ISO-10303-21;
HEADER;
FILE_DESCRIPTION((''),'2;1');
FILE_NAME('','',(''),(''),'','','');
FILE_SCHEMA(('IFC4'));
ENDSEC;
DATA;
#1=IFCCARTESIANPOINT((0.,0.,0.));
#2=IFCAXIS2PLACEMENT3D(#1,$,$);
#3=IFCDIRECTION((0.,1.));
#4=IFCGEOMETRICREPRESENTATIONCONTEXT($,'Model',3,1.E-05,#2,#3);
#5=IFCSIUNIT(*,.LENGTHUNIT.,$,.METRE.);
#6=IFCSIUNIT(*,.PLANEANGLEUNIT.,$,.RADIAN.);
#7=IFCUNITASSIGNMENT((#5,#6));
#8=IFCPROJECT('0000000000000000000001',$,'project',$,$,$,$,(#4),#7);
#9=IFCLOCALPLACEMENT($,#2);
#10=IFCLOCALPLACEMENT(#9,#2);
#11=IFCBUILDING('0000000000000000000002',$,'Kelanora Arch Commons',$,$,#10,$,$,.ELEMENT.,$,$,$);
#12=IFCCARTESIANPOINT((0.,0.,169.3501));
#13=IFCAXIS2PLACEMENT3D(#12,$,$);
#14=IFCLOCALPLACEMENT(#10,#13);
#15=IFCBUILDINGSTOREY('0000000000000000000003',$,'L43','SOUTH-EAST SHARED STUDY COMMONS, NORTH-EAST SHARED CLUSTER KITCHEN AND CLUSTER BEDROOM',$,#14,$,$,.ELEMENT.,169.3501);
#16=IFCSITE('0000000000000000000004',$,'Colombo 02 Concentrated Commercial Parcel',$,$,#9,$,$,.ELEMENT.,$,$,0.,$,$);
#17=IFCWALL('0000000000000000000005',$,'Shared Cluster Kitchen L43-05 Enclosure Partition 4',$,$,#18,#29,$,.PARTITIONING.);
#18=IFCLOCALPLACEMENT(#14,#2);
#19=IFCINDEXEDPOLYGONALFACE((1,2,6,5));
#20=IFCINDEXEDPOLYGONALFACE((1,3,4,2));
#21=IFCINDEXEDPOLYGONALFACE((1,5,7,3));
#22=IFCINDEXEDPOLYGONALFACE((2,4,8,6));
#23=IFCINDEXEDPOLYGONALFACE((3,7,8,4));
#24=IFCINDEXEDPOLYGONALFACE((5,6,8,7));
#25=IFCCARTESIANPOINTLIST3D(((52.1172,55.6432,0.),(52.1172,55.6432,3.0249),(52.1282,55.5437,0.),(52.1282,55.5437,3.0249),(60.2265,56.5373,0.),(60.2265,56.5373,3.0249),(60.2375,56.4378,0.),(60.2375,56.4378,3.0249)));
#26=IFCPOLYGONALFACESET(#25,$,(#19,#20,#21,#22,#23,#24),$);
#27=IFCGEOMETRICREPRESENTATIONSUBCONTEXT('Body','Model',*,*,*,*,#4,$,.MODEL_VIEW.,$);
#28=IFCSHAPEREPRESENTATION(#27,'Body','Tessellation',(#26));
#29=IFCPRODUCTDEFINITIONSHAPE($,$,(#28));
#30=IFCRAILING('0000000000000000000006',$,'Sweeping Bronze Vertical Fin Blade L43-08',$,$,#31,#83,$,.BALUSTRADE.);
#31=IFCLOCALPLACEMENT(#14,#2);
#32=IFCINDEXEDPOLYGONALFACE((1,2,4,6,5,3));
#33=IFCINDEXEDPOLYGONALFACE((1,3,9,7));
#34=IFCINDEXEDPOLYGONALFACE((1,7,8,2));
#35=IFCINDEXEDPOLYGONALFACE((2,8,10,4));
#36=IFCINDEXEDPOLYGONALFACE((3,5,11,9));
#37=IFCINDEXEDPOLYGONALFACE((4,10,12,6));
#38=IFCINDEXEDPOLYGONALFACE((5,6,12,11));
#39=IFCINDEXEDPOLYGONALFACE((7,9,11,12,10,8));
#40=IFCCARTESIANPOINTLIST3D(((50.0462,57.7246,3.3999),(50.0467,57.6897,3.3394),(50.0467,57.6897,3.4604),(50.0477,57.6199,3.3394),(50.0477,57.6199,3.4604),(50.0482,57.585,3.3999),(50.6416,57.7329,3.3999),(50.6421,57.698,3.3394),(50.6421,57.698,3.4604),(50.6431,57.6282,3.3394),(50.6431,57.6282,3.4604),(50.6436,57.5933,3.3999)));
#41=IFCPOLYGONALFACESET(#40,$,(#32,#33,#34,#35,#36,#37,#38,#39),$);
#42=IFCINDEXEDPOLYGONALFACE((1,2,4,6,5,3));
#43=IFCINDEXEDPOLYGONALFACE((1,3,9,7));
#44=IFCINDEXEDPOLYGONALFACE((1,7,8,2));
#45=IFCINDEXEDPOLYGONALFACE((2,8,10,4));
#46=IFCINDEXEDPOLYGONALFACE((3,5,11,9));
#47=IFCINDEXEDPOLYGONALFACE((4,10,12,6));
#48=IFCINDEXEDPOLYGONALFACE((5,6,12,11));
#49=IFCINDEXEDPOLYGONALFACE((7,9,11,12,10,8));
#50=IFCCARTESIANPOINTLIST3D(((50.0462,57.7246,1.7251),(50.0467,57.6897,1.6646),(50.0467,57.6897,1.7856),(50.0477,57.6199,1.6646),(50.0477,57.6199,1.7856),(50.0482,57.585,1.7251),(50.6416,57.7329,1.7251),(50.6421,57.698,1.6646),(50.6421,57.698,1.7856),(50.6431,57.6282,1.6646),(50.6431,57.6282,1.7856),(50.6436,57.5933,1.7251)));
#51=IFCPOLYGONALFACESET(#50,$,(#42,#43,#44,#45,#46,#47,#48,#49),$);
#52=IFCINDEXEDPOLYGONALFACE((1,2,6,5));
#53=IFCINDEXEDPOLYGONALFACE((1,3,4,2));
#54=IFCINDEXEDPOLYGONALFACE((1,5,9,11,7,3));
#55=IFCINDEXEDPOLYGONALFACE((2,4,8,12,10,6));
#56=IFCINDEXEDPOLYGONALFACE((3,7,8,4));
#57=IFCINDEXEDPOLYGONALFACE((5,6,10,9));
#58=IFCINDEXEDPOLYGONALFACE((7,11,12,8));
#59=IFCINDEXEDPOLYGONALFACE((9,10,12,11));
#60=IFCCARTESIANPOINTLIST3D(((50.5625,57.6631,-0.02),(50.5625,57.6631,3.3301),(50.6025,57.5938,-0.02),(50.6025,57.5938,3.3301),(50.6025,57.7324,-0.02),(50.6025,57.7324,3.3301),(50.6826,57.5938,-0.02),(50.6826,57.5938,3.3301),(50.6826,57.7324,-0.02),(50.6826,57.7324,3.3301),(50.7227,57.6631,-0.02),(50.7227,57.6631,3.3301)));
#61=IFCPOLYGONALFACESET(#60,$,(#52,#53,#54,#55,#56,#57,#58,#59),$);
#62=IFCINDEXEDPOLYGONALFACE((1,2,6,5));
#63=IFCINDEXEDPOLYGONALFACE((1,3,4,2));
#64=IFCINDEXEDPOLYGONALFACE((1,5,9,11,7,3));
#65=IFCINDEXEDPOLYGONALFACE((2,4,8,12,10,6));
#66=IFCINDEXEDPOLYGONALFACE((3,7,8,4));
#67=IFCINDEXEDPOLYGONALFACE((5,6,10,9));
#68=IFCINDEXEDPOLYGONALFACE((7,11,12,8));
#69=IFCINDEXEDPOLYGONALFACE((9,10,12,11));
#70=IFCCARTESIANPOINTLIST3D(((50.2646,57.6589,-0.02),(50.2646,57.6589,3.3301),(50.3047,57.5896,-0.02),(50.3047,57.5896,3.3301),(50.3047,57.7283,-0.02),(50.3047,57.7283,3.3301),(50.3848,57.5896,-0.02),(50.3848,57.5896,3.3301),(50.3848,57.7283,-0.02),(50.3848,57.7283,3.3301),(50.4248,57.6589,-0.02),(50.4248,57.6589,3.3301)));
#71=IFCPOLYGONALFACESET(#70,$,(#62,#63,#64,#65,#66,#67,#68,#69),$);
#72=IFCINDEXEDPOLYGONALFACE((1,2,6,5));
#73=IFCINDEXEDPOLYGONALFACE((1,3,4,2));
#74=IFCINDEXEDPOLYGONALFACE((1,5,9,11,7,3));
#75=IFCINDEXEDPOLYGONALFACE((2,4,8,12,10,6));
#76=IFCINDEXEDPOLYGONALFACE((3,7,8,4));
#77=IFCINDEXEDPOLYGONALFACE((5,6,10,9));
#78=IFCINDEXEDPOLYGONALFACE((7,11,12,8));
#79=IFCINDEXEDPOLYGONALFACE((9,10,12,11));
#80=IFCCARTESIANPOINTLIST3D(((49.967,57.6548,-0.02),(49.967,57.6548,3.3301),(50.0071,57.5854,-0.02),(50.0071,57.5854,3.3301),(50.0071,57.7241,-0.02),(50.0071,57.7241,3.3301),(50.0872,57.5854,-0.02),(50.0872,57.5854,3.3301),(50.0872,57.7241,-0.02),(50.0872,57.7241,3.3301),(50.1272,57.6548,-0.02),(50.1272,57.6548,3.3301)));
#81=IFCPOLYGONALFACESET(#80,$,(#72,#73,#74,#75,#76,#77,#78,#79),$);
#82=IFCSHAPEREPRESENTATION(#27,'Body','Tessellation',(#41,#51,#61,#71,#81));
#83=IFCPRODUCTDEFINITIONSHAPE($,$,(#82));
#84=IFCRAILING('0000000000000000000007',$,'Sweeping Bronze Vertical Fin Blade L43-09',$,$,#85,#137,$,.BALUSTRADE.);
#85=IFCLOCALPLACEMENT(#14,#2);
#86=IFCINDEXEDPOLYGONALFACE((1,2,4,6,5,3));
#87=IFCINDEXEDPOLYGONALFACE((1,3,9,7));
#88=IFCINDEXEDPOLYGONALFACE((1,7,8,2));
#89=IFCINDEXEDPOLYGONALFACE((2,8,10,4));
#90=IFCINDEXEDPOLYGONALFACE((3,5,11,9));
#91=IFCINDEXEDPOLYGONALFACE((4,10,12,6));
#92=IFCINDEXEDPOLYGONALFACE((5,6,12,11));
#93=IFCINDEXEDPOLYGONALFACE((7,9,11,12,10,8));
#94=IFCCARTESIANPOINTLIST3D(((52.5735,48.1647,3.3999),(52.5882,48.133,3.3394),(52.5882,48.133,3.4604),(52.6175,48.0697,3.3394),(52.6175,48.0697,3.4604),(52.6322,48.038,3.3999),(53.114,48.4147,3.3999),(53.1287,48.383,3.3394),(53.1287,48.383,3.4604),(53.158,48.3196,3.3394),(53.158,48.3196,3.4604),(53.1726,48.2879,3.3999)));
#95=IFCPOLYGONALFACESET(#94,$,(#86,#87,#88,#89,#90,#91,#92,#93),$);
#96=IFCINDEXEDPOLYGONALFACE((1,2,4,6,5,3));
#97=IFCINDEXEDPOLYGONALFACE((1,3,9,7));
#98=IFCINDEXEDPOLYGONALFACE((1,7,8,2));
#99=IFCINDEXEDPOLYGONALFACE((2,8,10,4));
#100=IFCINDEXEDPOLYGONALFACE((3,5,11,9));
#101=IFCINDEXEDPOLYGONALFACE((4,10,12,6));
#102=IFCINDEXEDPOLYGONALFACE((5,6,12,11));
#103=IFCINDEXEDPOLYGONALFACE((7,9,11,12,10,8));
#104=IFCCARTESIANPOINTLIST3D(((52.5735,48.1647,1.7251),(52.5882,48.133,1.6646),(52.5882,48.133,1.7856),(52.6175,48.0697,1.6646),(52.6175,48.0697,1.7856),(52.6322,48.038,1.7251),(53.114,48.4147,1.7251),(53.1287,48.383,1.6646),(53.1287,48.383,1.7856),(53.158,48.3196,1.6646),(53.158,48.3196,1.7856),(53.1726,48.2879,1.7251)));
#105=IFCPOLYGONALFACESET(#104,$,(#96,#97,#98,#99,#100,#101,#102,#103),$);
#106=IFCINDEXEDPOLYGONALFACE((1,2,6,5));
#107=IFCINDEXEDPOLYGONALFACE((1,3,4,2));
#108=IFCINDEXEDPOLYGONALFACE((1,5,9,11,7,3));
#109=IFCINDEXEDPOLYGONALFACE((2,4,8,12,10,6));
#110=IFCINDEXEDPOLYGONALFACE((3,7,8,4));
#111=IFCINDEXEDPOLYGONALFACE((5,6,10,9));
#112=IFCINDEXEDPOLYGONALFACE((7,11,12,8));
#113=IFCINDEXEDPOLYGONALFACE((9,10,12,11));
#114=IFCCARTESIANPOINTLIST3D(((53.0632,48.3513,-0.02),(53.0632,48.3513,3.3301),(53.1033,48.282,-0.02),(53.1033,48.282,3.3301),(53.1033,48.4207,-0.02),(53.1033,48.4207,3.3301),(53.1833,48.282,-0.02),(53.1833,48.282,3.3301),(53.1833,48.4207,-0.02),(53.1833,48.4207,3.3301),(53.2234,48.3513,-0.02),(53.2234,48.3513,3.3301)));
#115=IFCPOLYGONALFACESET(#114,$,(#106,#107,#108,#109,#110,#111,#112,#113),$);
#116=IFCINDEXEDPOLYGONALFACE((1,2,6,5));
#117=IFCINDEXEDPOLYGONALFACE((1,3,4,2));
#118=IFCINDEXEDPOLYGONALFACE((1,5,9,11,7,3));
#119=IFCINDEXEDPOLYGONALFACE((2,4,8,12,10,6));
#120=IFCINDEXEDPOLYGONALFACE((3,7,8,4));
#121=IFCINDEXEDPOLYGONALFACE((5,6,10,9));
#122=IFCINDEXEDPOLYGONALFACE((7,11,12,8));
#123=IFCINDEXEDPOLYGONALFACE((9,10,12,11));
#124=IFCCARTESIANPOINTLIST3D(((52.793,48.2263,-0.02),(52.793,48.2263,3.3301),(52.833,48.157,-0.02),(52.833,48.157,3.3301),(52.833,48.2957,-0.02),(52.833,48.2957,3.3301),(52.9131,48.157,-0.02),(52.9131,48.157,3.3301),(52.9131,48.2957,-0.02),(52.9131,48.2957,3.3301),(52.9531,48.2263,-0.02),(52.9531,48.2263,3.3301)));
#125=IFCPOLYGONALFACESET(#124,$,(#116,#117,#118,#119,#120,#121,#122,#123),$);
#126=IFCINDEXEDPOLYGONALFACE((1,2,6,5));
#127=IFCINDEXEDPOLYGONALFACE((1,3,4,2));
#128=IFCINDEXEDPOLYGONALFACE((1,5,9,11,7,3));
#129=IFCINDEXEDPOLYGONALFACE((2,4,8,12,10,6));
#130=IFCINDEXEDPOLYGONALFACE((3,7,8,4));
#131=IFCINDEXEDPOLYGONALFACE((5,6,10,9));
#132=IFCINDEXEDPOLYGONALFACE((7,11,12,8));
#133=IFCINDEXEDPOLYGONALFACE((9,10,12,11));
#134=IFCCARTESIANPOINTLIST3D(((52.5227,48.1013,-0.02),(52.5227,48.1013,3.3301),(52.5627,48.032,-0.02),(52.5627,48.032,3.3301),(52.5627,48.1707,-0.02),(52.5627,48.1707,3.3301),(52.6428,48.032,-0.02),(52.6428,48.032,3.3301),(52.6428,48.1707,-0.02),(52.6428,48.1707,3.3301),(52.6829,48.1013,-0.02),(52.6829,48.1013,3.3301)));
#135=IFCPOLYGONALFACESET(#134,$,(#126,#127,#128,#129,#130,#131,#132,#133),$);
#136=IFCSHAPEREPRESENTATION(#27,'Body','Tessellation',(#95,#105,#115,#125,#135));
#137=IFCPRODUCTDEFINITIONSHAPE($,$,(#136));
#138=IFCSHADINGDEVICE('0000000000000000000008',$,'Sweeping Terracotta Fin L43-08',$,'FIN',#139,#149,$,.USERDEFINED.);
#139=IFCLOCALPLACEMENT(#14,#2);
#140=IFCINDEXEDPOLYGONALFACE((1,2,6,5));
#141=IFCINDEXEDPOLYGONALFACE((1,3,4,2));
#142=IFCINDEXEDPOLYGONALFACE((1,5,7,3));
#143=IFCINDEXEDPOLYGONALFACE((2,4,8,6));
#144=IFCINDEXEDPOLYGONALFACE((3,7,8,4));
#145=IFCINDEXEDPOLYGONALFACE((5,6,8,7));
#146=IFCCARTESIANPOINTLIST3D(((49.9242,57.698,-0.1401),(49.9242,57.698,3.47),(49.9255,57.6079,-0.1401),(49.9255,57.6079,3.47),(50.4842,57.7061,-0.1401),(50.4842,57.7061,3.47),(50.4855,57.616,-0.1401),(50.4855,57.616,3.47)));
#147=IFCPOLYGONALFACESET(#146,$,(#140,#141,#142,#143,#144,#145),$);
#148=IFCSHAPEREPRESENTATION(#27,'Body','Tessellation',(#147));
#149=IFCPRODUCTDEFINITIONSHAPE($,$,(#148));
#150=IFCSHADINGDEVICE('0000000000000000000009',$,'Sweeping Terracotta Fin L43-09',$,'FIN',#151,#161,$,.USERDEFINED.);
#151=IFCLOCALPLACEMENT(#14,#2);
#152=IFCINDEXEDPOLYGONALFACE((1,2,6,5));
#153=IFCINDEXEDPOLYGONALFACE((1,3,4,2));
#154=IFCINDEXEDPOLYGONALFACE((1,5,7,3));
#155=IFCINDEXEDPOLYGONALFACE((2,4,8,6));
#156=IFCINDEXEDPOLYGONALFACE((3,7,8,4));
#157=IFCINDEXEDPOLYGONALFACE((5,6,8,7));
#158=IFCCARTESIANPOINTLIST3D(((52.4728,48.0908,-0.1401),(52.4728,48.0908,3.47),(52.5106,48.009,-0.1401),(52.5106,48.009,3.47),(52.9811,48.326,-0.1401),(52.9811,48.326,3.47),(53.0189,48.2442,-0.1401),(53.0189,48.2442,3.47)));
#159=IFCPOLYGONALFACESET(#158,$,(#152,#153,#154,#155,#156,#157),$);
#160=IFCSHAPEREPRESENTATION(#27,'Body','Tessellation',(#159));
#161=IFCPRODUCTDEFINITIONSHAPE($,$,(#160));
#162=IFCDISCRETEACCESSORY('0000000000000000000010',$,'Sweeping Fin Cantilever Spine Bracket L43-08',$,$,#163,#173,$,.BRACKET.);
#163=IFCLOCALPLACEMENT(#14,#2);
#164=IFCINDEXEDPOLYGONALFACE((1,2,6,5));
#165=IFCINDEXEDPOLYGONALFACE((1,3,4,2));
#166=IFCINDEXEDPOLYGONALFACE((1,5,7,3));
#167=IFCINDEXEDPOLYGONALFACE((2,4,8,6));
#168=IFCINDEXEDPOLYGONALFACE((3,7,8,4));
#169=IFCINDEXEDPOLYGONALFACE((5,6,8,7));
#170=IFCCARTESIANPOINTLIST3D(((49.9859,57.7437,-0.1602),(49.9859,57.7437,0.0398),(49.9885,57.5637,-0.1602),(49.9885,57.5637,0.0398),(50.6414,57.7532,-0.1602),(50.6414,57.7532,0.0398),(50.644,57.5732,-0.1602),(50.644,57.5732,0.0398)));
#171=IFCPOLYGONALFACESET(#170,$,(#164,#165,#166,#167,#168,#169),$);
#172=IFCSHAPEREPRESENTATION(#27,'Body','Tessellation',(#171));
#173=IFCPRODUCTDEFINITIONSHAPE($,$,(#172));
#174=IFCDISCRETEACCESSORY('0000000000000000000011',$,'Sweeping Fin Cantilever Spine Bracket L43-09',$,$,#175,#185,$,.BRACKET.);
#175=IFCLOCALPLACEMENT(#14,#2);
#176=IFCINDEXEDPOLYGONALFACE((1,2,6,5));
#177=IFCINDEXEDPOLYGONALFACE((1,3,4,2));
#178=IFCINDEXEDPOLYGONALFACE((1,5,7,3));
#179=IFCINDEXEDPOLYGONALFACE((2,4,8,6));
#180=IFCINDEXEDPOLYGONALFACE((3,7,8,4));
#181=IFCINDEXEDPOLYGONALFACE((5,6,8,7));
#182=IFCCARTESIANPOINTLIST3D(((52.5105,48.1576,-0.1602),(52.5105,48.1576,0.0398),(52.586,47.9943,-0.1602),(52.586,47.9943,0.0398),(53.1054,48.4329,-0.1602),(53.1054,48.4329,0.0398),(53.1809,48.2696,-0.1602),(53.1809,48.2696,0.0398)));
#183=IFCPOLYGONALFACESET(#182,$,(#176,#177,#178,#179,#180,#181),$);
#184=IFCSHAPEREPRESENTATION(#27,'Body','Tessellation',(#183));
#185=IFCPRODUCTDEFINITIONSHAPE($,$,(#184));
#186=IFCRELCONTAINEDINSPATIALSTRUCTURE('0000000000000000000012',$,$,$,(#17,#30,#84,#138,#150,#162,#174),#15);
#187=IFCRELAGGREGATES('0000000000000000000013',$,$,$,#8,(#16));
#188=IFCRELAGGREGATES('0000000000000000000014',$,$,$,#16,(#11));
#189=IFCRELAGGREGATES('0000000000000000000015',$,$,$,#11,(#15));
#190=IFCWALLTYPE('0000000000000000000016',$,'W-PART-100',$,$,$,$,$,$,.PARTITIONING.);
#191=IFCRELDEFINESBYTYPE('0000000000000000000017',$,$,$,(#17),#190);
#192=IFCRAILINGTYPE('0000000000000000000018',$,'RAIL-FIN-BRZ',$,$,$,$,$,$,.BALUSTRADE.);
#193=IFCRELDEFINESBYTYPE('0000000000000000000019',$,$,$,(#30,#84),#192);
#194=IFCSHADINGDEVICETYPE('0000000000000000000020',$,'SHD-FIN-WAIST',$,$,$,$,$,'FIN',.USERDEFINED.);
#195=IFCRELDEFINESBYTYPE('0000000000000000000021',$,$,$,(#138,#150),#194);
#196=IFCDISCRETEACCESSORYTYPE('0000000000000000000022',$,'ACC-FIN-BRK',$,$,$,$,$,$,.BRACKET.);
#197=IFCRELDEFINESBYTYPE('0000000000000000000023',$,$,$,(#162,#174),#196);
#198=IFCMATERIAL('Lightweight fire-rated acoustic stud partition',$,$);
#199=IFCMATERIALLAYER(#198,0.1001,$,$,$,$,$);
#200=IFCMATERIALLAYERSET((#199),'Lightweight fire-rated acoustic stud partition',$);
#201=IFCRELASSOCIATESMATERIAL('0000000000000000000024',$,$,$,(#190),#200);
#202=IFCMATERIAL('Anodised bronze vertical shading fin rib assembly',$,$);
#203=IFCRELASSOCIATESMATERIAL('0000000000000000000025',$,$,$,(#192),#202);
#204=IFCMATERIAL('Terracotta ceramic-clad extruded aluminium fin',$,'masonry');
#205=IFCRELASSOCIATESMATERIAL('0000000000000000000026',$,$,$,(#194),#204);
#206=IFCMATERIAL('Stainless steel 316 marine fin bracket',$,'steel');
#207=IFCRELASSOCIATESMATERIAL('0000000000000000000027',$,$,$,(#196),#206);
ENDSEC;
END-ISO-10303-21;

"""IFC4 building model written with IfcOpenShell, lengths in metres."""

from ifc_helpers import new_model, si_unit, direction, frame, frame_2d, origin, origin_2d, place, context, subcontext, project, spatial, polyline, rectangle, outline, extrude, source, transform, mapped, material, layer, layer_set, type_object, element, save


model = new_model("IFC4")

# Units and contexts
model_context = context("Model", 3, precision=1e-05, world=origin(), true_north=direction((0.0, 1.0)))
body_context = subcontext(model_context, "Body", "Model", "MODEL_VIEW")
ifc_project = project(units=[si_unit("LENGTHUNIT", "METRE"), si_unit("PLANEANGLEUNIT", "RADIAN")], contexts=[model_context])

# Site, building, storey
site_placement = place(None, origin())
site = spatial("IfcSite", under=ifc_project, at=site_placement, Name="Colombo 02 Concentrated Commercial Parcel", CompositionType="ELEMENT", RefElevation=0.0)
building_placement = place(site_placement, origin())
building = spatial("IfcBuilding", under=site, at=building_placement, Name="Kelanora Arch Commons", CompositionType="ELEMENT")
storey_placement = place(building_placement, frame((0.0, 0.0, 169.3501)))
storey = spatial("IfcBuildingStorey", under=building, at=storey_placement, Name="L43", Description="SOUTH-EAST SHARED STUDY COMMONS, NORTH-EAST SHARED CLUSTER KITCHEN AND CLUSTER BEDROOM", CompositionType="ELEMENT", Elevation=169.3501)

# Wall
ifc_material_1 = material(Name="Lightweight fire-rated acoustic stud partition")
ifc_layer_1 = layer(ifc_material_1, 0.1001)
ifc_layer_set_1 = layer_set([ifc_layer_1], Name="Lightweight fire-rated acoustic stud partition")
wall_type_1 = type_object("IfcWallType", Name="W-PART-100", PredefinedType="PARTITIONING", material=ifc_layer_set_1)
wall_1_placement = place(storey_placement, frame((52.1228, 55.5935, 0.0), z_axis=(0.0, 0.0, 1.0), x_axis=(0.993978, 0.109584, 0.0)))
element("IfcWall", 1, at=wall_1_placement, inside=storey, type_object=wall_type_1, Name="Shared Cluster Kitchen L43-05 Enclosure Partition 4", PredefinedType="PARTITIONING", context=body_context, shape_type="SweptSolid", body=[
    extrude(rectangle(XDim=8.1584, YDim=0.1001, at=frame_2d((4.0791, 0.0))), origin(), (0.0, 0.0, 1.0), 3.0249),
])

# Railings
ifc_material_2 = material(Name="Anodised bronze vertical shading fin rib assembly")
railing_type = type_object("IfcRailingType", Name="RAIL-FIN-BRZ", PredefinedType="BALUSTRADE", material=ifc_material_2)
railing_1_placement = place(storey_placement, frame((50.6426, 57.6631, -0.02)))
element("IfcRailing", 2, at=railing_1_placement, inside=storey, type_object=railing_type, Name="Sweeping Bronze Vertical Fin Blade L43-08", PredefinedType="BALUSTRADE", context=body_context, shape_type="SweptSolid", body=[
    extrude(outline(polyline([(0.0698, 0.0), (0.0349, 0.0605), (-0.0349, 0.0605), (-0.0698, 0.0), (-0.0349, -0.0605), (0.0349, -0.0605), (0.0698, 0.0)])), frame((0.0, 0.0, 3.4199), z_axis=(-0.999903, -0.013939, 0.0), x_axis=(0.013939, -0.999903, 0.0)), (0.0, 0.0, 1.0), 0.5955),
    extrude(outline(polyline([(0.0698, 0.0), (0.0349, 0.0605), (-0.0349, 0.0605), (-0.0698, 0.0), (-0.0349, -0.0605), (0.0349, -0.0605), (0.0698, 0.0)])), frame((0.0, 0.0, 1.7451), z_axis=(-0.999903, -0.013939, 0.0), x_axis=(0.013939, -0.999903, 0.0)), (0.0, 0.0, 1.0), 0.5955),
    extrude(outline(polyline([(0.0801, 0.0), (0.04, 0.0693), (-0.04, 0.0693), (-0.0801, 0.0), (-0.04, -0.0693), (0.04, -0.0693), (0.0801, 0.0)])), origin(), (0.0, 0.0, 1.0), 3.3501),
    extrude(outline(polyline([(0.0801, 0.0), (0.04, 0.0693), (-0.04, 0.0693), (-0.0801, 0.0), (-0.04, -0.0693), (0.04, -0.0693), (0.0801, 0.0)])), frame((-0.2979, -0.0042, 0.0)), (0.0, 0.0, 1.0), 3.3501),
    extrude(outline(polyline([(0.0801, 0.0), (0.04, 0.0693), (-0.04, 0.0693), (-0.0801, 0.0), (-0.04, -0.0693), (0.04, -0.0693), (0.0801, 0.0)])), frame((-0.5955, -0.0083, 0.0)), (0.0, 0.0, 1.0), 3.3501),
])
railing_2_placement = place(storey_placement, frame((53.1433, 48.3513, -0.02)))
element("IfcRailing", 3, at=railing_2_placement, inside=storey, type_object=railing_type, Name="Sweeping Bronze Vertical Fin Blade L43-09", PredefinedType="BALUSTRADE", context=body_context, shape_type="SweptSolid", body=[
    extrude(outline(polyline([(0.0698, 0.0), (0.0349, 0.0605), (-0.0349, 0.0605), (-0.0698, 0.0), (-0.0349, -0.0605), (0.0349, -0.0605), (0.0698, 0.0)])), frame((0.0, 0.0, 3.4199), z_axis=(-0.907623, -0.419786, 0.0), x_axis=(0.419786, -0.907623, 0.0)), (0.0, 0.0, 1.0), 0.5955),
    extrude(outline(polyline([(0.0698, 0.0), (0.0349, 0.0605), (-0.0349, 0.0605), (-0.0698, 0.0), (-0.0349, -0.0605), (0.0349, -0.0605), (0.0698, 0.0)])), frame((0.0, 0.0, 1.7451), z_axis=(-0.907623, -0.419786, 0.0), x_axis=(0.419786, -0.907623, 0.0)), (0.0, 0.0, 1.0), 0.5955),
    extrude(outline(polyline([(0.0801, 0.0), (0.04, 0.0693), (-0.04, 0.0693), (-0.0801, 0.0), (-0.04, -0.0693), (0.04, -0.0693), (0.0801, 0.0)])), origin(), (0.0, 0.0, 1.0), 3.3501),
    extrude(outline(polyline([(0.0801, 0.0), (0.04, 0.0693), (-0.04, 0.0693), (-0.0801, 0.0), (-0.04, -0.0693), (0.04, -0.0693), (0.0801, 0.0)])), frame((-0.2703, -0.125, 0.0)), (0.0, 0.0, 1.0), 3.3501),
    extrude(outline(polyline([(0.0801, 0.0), (0.04, 0.0693), (-0.04, 0.0693), (-0.0801, 0.0), (-0.04, -0.0693), (0.04, -0.0693), (0.0801, 0.0)])), frame((-0.5405, -0.25, 0.0)), (0.0, 0.0, 1.0), 3.3501),
])

# Shading devices
ifc_material_3 = material(Name="Terracotta ceramic-clad extruded aluminium fin", Category="masonry")
shading_device_type = type_object("IfcShadingDeviceType", Name="SHD-FIN-WAIST", ElementType="FIN", PredefinedType="USERDEFINED", material=ifc_material_3)
shared_shape_1 = source(origin(), body_context, "Body", "SweptSolid", [
    extrude(rectangle(XDim=0.5601, YDim=0.0901, at=origin_2d()), origin(), (0.0, 0.0, 1.0), 3.6101),
])
for number, where, z_axis, x_axis, name in (
    (4, (50.2048, 57.657, -0.1401), (0.0, 0.0, 1.0), (-0.999895, -0.014486, 0.0), "Sweeping Terracotta Fin L43-08"),
    (5, (52.7458, 48.1675, -0.1401), (0.0, 0.0, 1.0), (-0.907558, -0.419927, 0.0), "Sweeping Terracotta Fin L43-09"),
):
    element("IfcShadingDevice", number, at=place(storey_placement, frame(where, z_axis=z_axis, x_axis=x_axis)), inside=storey, type_object=shading_device_type, Name=name, ObjectType="FIN", PredefinedType="USERDEFINED", context=body_context, shape_type="MappedRepresentation", body=[
        mapped(shared_shape_1, transform((0.0, 0.0, 0.0), scale=1.0)),
    ])

# Discrete accessories
ifc_material_4 = material(Name="Stainless steel 316 marine fin bracket", Category="steel")
discrete_accessory_type = type_object("IfcDiscreteAccessoryType", Name="ACC-FIN-BRK", PredefinedType="BRACKET", material=ifc_material_4)
shared_shape_2 = source(origin(), body_context, "Body", "SweptSolid", [
    extrude(rectangle(XDim=0.6555, YDim=0.1799, at=origin_2d()), origin(), (0.0, 0.0, 1.0), 0.2),
])
for number, where, z_axis, x_axis, name in (
    (6, (50.3149, 57.6584, -0.1602), (0.0, 0.0, 1.0), (-0.999895, -0.014486, 0.0), "Sweeping Fin Cantilever Spine Bracket L43-08"),
    (7, (52.8457, 48.2136, -0.1602), (0.0, 0.0, 1.0), (-0.907558, -0.419927, 0.0), "Sweeping Fin Cantilever Spine Bracket L43-09"),
):
    element("IfcDiscreteAccessory", number, at=place(storey_placement, frame(where, z_axis=z_axis, x_axis=x_axis)), inside=storey, type_object=discrete_accessory_type, Name=name, PredefinedType="BRACKET", context=body_context, shape_type="MappedRepresentation", body=[
        mapped(shared_shape_2, transform((0.0, 0.0, 0.0), scale=1.0)),
    ])

save(model, "model.ifc")
